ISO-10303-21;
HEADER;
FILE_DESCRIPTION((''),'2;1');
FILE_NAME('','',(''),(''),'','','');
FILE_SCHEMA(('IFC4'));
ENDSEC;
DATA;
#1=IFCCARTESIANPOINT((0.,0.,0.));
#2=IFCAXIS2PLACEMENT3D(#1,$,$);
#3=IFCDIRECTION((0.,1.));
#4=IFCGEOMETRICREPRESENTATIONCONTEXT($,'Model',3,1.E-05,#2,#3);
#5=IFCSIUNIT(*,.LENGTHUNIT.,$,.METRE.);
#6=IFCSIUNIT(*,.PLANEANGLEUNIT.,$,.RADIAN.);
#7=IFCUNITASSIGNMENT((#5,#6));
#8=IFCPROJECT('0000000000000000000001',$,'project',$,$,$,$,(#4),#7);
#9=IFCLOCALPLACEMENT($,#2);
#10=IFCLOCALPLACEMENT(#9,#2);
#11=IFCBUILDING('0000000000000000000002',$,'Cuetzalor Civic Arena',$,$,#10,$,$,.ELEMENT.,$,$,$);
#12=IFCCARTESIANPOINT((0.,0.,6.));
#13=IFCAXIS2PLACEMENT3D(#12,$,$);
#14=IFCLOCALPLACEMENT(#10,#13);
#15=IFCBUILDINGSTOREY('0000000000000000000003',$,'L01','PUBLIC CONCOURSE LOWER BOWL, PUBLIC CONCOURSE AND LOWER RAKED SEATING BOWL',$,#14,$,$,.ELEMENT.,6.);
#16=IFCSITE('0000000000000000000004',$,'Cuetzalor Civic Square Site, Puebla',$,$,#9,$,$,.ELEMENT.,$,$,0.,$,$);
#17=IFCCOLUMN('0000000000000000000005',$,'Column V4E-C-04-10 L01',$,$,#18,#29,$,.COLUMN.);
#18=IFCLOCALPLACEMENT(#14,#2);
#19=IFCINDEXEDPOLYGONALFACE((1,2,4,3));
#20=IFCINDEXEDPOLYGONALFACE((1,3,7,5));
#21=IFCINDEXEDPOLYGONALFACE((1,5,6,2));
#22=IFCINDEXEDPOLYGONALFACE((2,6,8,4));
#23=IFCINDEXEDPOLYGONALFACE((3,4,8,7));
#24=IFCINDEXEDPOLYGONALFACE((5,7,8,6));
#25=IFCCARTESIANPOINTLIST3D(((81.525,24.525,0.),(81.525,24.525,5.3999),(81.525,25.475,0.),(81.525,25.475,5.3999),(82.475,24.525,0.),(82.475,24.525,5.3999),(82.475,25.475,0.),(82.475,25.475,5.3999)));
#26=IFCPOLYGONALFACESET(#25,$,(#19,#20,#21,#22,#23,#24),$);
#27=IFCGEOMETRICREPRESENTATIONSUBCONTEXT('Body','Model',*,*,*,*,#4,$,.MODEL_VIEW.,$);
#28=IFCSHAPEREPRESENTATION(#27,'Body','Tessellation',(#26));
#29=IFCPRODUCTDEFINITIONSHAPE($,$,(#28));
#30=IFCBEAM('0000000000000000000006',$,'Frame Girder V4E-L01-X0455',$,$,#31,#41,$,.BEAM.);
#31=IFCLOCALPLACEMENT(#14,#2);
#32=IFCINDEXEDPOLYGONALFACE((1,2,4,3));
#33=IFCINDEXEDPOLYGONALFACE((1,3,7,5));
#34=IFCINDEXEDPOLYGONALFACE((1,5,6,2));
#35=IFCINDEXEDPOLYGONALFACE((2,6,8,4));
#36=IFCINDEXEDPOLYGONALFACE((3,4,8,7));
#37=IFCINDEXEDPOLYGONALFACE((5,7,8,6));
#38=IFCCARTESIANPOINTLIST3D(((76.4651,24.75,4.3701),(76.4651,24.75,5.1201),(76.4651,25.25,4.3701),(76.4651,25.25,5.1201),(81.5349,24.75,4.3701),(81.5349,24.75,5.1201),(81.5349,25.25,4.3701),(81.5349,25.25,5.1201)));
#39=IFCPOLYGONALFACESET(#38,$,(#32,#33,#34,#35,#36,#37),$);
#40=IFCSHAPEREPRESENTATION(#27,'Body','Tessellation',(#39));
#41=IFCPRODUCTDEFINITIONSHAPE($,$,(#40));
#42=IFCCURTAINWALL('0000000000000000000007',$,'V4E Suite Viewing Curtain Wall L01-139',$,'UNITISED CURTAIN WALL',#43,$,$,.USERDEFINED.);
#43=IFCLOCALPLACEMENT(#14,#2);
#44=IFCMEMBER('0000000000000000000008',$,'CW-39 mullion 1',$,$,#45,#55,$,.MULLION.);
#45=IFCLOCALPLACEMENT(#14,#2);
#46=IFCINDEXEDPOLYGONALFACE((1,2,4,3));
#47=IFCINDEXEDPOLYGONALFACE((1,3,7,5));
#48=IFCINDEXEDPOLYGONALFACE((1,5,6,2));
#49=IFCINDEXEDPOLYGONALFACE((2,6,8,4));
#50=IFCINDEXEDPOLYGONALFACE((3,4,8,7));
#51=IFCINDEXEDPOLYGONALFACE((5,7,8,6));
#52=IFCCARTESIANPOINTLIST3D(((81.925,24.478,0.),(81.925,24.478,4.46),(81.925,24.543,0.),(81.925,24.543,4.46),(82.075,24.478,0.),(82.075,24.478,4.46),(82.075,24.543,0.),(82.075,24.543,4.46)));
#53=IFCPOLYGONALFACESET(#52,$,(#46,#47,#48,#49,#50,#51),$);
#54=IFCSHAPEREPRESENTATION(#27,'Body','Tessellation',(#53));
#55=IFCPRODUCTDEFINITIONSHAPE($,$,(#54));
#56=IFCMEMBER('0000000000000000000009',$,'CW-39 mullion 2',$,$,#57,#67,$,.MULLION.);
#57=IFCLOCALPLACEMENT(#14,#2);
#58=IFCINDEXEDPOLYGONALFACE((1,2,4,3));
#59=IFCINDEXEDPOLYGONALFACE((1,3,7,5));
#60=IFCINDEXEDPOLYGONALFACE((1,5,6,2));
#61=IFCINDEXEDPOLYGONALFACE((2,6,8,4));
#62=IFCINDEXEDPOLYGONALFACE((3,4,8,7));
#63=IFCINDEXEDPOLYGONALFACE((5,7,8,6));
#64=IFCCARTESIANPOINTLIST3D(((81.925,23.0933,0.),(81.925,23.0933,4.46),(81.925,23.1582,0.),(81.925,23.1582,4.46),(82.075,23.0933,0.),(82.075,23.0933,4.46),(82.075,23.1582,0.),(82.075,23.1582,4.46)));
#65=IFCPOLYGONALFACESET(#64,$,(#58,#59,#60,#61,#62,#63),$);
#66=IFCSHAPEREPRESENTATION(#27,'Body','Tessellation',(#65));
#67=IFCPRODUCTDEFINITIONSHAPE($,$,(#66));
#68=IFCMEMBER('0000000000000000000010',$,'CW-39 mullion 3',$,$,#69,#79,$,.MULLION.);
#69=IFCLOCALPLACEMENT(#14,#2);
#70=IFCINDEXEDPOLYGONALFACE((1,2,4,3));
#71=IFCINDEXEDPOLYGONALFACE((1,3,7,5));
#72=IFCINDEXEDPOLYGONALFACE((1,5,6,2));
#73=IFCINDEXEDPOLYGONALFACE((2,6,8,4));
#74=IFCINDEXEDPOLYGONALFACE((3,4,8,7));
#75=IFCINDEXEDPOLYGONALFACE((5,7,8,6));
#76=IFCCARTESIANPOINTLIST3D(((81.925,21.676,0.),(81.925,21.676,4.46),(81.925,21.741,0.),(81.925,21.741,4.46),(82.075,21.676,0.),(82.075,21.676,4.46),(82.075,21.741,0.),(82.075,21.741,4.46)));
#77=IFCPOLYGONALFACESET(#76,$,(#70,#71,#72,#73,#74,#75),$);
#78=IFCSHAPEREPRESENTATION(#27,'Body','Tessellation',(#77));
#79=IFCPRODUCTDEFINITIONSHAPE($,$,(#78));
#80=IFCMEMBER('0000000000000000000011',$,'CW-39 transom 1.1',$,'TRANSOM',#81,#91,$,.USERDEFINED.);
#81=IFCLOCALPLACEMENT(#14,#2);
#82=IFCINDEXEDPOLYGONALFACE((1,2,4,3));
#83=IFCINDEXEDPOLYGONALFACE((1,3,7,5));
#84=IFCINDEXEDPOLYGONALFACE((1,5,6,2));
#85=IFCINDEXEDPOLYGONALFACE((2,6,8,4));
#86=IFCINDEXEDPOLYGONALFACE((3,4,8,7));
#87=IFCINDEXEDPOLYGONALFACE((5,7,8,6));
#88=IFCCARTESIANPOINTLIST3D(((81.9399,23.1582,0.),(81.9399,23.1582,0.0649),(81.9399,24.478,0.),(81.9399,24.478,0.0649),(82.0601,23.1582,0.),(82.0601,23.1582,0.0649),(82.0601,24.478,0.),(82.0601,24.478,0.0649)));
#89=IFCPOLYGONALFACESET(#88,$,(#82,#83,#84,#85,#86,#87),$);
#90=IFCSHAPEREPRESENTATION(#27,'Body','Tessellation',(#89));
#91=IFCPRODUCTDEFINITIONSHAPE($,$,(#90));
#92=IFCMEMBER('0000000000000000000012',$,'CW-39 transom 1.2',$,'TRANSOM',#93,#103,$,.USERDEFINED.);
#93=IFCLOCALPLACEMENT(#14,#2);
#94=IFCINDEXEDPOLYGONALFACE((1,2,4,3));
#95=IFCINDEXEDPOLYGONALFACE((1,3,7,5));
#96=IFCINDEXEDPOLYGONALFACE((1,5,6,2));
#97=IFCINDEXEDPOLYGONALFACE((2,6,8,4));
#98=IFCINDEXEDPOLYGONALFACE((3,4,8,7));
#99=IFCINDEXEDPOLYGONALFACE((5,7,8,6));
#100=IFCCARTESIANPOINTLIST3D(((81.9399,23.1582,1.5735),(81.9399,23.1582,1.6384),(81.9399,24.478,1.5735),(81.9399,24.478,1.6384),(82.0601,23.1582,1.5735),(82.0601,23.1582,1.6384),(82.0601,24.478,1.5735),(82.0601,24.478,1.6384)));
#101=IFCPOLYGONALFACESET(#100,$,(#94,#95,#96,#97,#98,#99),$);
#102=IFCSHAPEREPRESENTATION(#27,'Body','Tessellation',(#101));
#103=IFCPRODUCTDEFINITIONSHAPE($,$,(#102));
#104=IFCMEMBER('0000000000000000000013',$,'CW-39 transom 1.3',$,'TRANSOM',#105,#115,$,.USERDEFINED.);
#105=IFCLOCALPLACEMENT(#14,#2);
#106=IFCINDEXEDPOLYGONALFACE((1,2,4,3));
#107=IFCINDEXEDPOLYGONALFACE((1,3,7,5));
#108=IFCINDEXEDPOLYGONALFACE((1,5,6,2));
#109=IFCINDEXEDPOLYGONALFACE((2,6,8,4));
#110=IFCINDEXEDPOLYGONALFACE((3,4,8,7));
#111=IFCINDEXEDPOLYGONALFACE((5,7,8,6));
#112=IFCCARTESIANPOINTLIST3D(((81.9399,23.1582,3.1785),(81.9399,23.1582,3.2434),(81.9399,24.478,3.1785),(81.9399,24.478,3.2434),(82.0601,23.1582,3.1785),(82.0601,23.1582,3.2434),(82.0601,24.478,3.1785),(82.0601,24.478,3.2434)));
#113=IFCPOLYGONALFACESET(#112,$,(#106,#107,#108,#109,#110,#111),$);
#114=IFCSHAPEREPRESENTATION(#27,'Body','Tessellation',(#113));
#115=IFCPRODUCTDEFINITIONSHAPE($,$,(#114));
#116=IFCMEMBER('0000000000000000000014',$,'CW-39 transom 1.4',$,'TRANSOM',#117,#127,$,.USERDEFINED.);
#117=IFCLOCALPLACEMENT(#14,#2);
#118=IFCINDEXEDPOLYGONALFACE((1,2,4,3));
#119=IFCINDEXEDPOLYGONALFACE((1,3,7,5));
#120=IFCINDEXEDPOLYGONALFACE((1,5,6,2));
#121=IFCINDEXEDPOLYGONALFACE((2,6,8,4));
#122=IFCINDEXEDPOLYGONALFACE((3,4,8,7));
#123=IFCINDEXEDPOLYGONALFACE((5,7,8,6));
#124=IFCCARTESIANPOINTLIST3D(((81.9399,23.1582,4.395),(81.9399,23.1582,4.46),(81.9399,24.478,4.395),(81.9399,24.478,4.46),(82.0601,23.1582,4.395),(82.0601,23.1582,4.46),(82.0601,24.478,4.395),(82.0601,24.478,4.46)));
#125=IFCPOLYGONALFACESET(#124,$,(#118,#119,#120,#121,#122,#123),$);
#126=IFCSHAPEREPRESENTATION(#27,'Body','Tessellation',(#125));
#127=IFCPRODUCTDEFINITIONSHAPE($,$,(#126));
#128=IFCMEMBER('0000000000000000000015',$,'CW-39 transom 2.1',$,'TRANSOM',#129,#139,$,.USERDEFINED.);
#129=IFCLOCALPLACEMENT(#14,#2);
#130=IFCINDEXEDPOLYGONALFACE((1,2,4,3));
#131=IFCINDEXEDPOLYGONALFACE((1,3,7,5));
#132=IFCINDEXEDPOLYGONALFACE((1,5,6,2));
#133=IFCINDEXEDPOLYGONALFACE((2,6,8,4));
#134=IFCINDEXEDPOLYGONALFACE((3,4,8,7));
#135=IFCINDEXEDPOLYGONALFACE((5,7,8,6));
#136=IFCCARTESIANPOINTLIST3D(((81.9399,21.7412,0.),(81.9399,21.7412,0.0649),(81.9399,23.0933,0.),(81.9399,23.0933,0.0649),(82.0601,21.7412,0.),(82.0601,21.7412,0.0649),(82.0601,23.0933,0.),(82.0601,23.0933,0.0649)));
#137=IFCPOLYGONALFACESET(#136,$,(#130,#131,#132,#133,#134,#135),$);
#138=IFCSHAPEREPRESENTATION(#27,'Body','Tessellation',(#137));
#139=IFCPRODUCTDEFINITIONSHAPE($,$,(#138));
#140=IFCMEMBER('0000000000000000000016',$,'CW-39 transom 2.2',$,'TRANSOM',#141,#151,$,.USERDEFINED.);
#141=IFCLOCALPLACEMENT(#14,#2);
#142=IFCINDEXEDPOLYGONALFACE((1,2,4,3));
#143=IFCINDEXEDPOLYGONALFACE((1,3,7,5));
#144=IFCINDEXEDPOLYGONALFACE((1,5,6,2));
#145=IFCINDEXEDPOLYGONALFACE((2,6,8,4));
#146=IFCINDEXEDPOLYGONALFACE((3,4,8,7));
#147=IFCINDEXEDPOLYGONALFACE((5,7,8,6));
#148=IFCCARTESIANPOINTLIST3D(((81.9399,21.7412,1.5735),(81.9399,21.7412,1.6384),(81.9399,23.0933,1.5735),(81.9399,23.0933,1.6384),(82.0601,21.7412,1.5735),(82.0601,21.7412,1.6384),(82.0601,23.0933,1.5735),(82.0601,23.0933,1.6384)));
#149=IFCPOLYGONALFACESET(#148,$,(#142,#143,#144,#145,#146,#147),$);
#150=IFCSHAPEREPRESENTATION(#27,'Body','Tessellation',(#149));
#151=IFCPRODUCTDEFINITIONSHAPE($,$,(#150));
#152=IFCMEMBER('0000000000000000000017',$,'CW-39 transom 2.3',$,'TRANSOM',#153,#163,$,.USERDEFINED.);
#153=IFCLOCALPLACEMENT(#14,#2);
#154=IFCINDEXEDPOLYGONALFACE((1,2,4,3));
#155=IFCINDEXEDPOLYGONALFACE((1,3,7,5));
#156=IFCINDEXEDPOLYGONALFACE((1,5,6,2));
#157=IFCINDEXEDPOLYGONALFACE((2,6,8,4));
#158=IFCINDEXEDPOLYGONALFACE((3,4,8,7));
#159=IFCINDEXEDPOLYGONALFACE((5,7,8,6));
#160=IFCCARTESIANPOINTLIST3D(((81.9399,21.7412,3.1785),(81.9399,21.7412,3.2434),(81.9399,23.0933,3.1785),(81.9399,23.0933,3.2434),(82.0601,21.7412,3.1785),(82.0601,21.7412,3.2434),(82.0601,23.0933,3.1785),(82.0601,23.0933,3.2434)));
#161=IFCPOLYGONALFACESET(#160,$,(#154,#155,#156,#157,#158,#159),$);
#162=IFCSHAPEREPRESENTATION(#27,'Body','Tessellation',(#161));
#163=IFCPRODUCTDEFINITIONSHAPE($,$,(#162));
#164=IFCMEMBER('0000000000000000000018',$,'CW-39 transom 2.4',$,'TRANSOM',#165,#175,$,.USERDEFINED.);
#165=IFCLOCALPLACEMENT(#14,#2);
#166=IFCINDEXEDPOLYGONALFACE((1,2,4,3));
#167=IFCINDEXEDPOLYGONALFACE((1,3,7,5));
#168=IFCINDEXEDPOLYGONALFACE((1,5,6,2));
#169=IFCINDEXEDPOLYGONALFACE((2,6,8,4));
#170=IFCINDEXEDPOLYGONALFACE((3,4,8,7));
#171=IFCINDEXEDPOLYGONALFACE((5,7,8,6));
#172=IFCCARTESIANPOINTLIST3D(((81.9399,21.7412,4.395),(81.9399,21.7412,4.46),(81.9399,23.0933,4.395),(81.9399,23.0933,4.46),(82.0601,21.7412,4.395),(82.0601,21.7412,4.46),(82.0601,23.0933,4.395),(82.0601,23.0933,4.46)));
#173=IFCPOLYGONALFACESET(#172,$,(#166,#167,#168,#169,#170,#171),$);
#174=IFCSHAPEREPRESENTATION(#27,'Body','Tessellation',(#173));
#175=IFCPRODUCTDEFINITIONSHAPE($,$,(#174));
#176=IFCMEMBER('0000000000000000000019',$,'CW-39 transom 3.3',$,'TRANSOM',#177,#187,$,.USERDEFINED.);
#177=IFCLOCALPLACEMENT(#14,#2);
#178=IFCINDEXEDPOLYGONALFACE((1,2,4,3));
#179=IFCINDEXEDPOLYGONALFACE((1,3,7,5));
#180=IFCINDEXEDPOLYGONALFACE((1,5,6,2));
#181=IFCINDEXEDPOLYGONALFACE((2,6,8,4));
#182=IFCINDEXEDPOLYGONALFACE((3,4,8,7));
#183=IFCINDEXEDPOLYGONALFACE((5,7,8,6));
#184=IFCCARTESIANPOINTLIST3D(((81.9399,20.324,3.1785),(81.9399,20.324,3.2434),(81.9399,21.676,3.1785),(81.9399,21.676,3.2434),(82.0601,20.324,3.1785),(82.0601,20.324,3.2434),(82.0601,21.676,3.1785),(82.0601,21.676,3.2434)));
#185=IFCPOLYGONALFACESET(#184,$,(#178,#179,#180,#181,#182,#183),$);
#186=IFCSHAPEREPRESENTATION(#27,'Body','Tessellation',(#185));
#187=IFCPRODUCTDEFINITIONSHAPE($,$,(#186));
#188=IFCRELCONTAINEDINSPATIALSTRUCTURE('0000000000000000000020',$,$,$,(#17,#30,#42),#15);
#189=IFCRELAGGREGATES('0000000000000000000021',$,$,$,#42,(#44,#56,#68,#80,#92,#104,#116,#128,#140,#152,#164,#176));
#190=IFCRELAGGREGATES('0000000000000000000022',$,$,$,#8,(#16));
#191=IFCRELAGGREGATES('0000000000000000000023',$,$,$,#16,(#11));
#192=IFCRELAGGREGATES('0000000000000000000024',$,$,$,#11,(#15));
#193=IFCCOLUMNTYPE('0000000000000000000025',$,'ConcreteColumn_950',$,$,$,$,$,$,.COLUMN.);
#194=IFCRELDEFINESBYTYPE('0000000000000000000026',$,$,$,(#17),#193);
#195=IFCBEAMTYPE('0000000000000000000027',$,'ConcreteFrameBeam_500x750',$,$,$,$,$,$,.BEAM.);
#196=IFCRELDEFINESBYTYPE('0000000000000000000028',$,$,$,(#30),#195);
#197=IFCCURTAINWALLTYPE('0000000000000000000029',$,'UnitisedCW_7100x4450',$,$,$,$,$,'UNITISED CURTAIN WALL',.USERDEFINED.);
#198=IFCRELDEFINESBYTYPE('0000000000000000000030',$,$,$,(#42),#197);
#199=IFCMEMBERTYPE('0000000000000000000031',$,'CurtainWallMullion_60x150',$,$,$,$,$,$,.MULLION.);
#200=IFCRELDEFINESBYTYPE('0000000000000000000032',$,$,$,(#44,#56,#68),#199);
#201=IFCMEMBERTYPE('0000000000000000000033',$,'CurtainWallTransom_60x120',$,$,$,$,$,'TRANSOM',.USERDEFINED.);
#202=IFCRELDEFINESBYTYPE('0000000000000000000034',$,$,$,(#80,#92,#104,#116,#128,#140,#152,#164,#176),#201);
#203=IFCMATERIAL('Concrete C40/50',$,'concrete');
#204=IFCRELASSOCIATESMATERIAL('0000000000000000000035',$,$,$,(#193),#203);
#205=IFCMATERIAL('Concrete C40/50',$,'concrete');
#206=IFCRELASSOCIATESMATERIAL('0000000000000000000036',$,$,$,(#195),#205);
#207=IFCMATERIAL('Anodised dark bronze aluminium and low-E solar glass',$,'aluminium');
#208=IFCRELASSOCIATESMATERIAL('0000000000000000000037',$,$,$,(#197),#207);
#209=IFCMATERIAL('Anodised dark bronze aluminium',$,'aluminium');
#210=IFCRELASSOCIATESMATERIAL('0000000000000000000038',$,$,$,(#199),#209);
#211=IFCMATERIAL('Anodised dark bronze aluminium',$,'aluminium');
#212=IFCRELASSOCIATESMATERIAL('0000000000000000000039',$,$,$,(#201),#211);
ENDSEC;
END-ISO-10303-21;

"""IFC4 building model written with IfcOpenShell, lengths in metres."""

from ifc_helpers import new_model, si_unit, direction, frame, origin, origin_2d, place, context, subcontext, project, spatial, rectangle, extrude, material, material_profile, profile_set, type_object, element, aggregate, save


model = new_model("IFC4")

# Units and contexts
model_context = context("Model", 3, precision=1e-05, world=origin(), true_north=direction((0.0, 1.0)))
body_context = subcontext(model_context, "Body", "Model", "MODEL_VIEW")
ifc_project = project(units=[si_unit("LENGTHUNIT", "METRE"), si_unit("PLANEANGLEUNIT", "RADIAN")], contexts=[model_context])

# Site, building, storey
site_placement = place(None, origin())
site = spatial("IfcSite", under=ifc_project, at=site_placement, Name="Cuetzalor Civic Square Site, Puebla", CompositionType="ELEMENT", RefElevation=0.0)
building_placement = place(site_placement, origin())
building = spatial("IfcBuilding", under=site, at=building_placement, Name="Cuetzalor Civic Arena", CompositionType="ELEMENT")
storey_placement = place(building_placement, frame((0.0, 0.0, 6.0)))
storey = spatial("IfcBuildingStorey", under=building, at=storey_placement, Name="L01", Description="PUBLIC CONCOURSE LOWER BOWL, PUBLIC CONCOURSE AND LOWER RAKED SEATING BOWL", CompositionType="ELEMENT", Elevation=6.0)

# Column
ifc_material_1 = material(Name="Concrete C40/50", Category="concrete")
ifc_material_profile_1 = material_profile(ifc_material_1, rectangle(XDim=0.95, YDim=0.95, at=origin_2d()), Name="RC 950x950")
ifc_profile_set_1 = profile_set([ifc_material_profile_1], Name="Concrete C40/50")
column_type = type_object("IfcColumnType", Name="ConcreteColumn_950", PredefinedType="COLUMN", material=ifc_profile_set_1)
column_placement = place(storey_placement, frame((82.0, 25.0, 0.0), z_axis=(0.0, 0.0, 1.0), x_axis=(1.0, 0.0, 0.0)))
element("IfcColumn", 1, at=column_placement, inside=storey, type_object=column_type, Name="Column V4E-C-04-10 L01", PredefinedType="COLUMN", context=body_context, shape_type="SweptSolid", body=[
    extrude(rectangle(XDim=0.95, YDim=0.95, at=origin_2d()), origin(), (0.0, 0.0, 1.0), 5.3999),
])

# Beam
ifc_material_2 = material(Name="Concrete C40/50", Category="concrete")
ifc_material_profile_2 = material_profile(ifc_material_2, rectangle(XDim=0.5, YDim=0.75, at=origin_2d()), Name="RC 500x750")
ifc_profile_set_2 = profile_set([ifc_material_profile_2], Name="Concrete C40/50")
beam_type_1 = type_object("IfcBeamType", Name="ConcreteFrameBeam_500x750", PredefinedType="BEAM", material=ifc_profile_set_2)
beam_1_placement = place(storey_placement, frame((76.4651, 25.0, 4.7451), z_axis=(1.0, 0.0, 0.0), x_axis=(0.0, 1.0, 0.0)))
element("IfcBeam", 2, at=beam_1_placement, inside=storey, type_object=beam_type_1, Name="Frame Girder V4E-L01-X0455", PredefinedType="BEAM", context=body_context, shape_type="SweptSolid", body=[
    extrude(rectangle(XDim=0.5, YDim=0.75, at=origin_2d()), origin(), (0.0, 0.0, 1.0), 5.0698),
])

# Curtain wall, members
ifc_material_3 = material(Name="Anodised dark bronze aluminium and low-E solar glass", Category="aluminium")
curtain_wall_type = type_object("IfcCurtainWallType", Name="UnitisedCW_7100x4450", ElementType="UNITISED CURTAIN WALL", PredefinedType="USERDEFINED", material=ifc_material_3)
curtain_wall_placement = place(storey_placement, origin())
curtain_wall = element("IfcCurtainWall", 3, at=curtain_wall_placement, inside=storey, type_object=curtain_wall_type, Name="V4E Suite Viewing Curtain Wall L01-139", ObjectType="UNITISED CURTAIN WALL", PredefinedType="USERDEFINED")
ifc_material_4 = material(Name="Anodised dark bronze aluminium", Category="aluminium")
ifc_material_profile_3 = material_profile(ifc_material_4, rectangle(XDim=0.0649, YDim=0.1499, at=origin_2d()), Name="ALU MULLION 65x150")
ifc_profile_set_3 = profile_set([ifc_material_profile_3], Name="Anodised dark bronze aluminium")
member_type_1 = type_object("IfcMemberType", Name="CurtainWallMullion_60x150", PredefinedType="MULLION", material=ifc_profile_set_3)
member_1_placement = place(storey_placement, frame((82.0, 24.5105, 0.0), z_axis=(0.0, 0.0, 1.0), x_axis=(0.0, -1.0, 0.0)))
member_1 = element("IfcMember", 4, at=member_1_placement, type_object=member_type_1, Name="CW-39 mullion 1", PredefinedType="MULLION", context=body_context, shape_type="SweptSolid", body=[
    extrude(rectangle(XDim=0.0649, YDim=0.1499, at=origin_2d()), origin(), (0.0, 0.0, 1.0), 4.46),
])
member_2_placement = place(storey_placement, frame((82.0, 23.1257, 0.0), z_axis=(0.0, 0.0, 1.0), x_axis=(0.0, -1.0, 0.0)))
member_2 = element("IfcMember", 5, at=member_2_placement, type_object=member_type_1, Name="CW-39 mullion 2", PredefinedType="MULLION", context=body_context, shape_type="SweptSolid", body=[
    extrude(rectangle(XDim=0.0649, YDim=0.1499, at=origin_2d()), origin(), (0.0, 0.0, 1.0), 4.46),
])
member_3_placement = place(storey_placement, frame((82.0, 21.7085, 0.0), z_axis=(0.0, 0.0, 1.0), x_axis=(0.0, -1.0, 0.0)))
member_3 = element("IfcMember", 6, at=member_3_placement, type_object=member_type_1, Name="CW-39 mullion 3", PredefinedType="MULLION", context=body_context, shape_type="SweptSolid", body=[
    extrude(rectangle(XDim=0.0649, YDim=0.1499, at=origin_2d()), origin(), (0.0, 0.0, 1.0), 4.46),
])
ifc_material_5 = material(Name="Anodised dark bronze aluminium", Category="aluminium")
ifc_material_profile_4 = material_profile(ifc_material_5, rectangle(XDim=0.1201, YDim=0.0649, at=origin_2d()), Name="ALU TRANSOM 65x120")
ifc_profile_set_4 = profile_set([ifc_material_profile_4], Name="Anodised dark bronze aluminium")
member_type_2 = type_object("IfcMemberType", Name="CurtainWallTransom_60x120", ElementType="TRANSOM", PredefinedType="USERDEFINED", material=ifc_profile_set_4)
member_4_placement = place(storey_placement, frame((82.0, 24.478, 0.0325), z_axis=(0.0, -1.0, 0.0), x_axis=(1.0, 0.0, 0.0)))
member_4 = element("IfcMember", 7, at=member_4_placement, type_object=member_type_2, Name="CW-39 transom 1.1", ObjectType="TRANSOM", PredefinedType="USERDEFINED", context=body_context, shape_type="SweptSolid", body=[
    extrude(rectangle(XDim=0.1201, YDim=0.0649, at=origin_2d()), origin(), (0.0, 0.0, 1.0), 1.3198),
])
member_5_placement = place(storey_placement, frame((82.0, 24.478, 1.606), z_axis=(0.0, -1.0, 0.0), x_axis=(1.0, 0.0, 0.0)))
member_5 = element("IfcMember", 8, at=member_5_placement, type_object=member_type_2, Name="CW-39 transom 1.2", ObjectType="TRANSOM", PredefinedType="USERDEFINED", context=body_context, shape_type="SweptSolid", body=[
    extrude(rectangle(XDim=0.1201, YDim=0.0649, at=origin_2d()), origin(), (0.0, 0.0, 1.0), 1.3198),
])
member_6_placement = place(storey_placement, frame((82.0, 24.478, 3.2109), z_axis=(0.0, -1.0, 0.0), x_axis=(1.0, 0.0, 0.0)))
member_6 = element("IfcMember", 9, at=member_6_placement, type_object=member_type_2, Name="CW-39 transom 1.3", ObjectType="TRANSOM", PredefinedType="USERDEFINED", context=body_context, shape_type="SweptSolid", body=[
    extrude(rectangle(XDim=0.1201, YDim=0.0649, at=origin_2d()), origin(), (0.0, 0.0, 1.0), 1.3198),
])
member_7_placement = place(storey_placement, frame((82.0, 24.478, 4.4275), z_axis=(0.0, -1.0, 0.0), x_axis=(1.0, 0.0, 0.0)))
member_7 = element("IfcMember", 10, at=member_7_placement, type_object=member_type_2, Name="CW-39 transom 1.4", ObjectType="TRANSOM", PredefinedType="USERDEFINED", context=body_context, shape_type="SweptSolid", body=[
    extrude(rectangle(XDim=0.1201, YDim=0.0649, at=origin_2d()), origin(), (0.0, 0.0, 1.0), 1.3198),
])
member_8_placement = place(storey_placement, frame((82.0, 23.0933, 0.0325), z_axis=(0.0, -1.0, 0.0), x_axis=(1.0, 0.0, 0.0)))
member_8 = element("IfcMember", 11, at=member_8_placement, type_object=member_type_2, Name="CW-39 transom 2.1", ObjectType="TRANSOM", PredefinedType="USERDEFINED", context=body_context, shape_type="SweptSolid", body=[
    extrude(rectangle(XDim=0.1201, YDim=0.0649, at=origin_2d()), origin(), (0.0, 0.0, 1.0), 1.3521),
])
member_9_placement = place(storey_placement, frame((82.0, 23.0933, 1.606), z_axis=(0.0, -1.0, 0.0), x_axis=(1.0, 0.0, 0.0)))
member_9 = element("IfcMember", 12, at=member_9_placement, type_object=member_type_2, Name="CW-39 transom 2.2", ObjectType="TRANSOM", PredefinedType="USERDEFINED", context=body_context, shape_type="SweptSolid", body=[
    extrude(rectangle(XDim=0.1201, YDim=0.0649, at=origin_2d()), origin(), (0.0, 0.0, 1.0), 1.3521),
])
member_10_placement = place(storey_placement, frame((82.0, 23.0933, 3.2109), z_axis=(0.0, -1.0, 0.0), x_axis=(1.0, 0.0, 0.0)))
member_10 = element("IfcMember", 13, at=member_10_placement, type_object=member_type_2, Name="CW-39 transom 2.3", ObjectType="TRANSOM", PredefinedType="USERDEFINED", context=body_context, shape_type="SweptSolid", body=[
    extrude(rectangle(XDim=0.1201, YDim=0.0649, at=origin_2d()), origin(), (0.0, 0.0, 1.0), 1.3521),
])
member_11_placement = place(storey_placement, frame((82.0, 23.0933, 4.4275), z_axis=(0.0, -1.0, 0.0), x_axis=(1.0, 0.0, 0.0)))
member_11 = element("IfcMember", 14, at=member_11_placement, type_object=member_type_2, Name="CW-39 transom 2.4", ObjectType="TRANSOM", PredefinedType="USERDEFINED", context=body_context, shape_type="SweptSolid", body=[
    extrude(rectangle(XDim=0.1201, YDim=0.0649, at=origin_2d()), origin(), (0.0, 0.0, 1.0), 1.3521),
])
member_12_placement = place(storey_placement, frame((82.0, 21.676, 3.2109), z_axis=(0.0, -1.0, 0.0), x_axis=(1.0, 0.0, 0.0)))
member_12 = element("IfcMember", 15, at=member_12_placement, type_object=member_type_2, Name="CW-39 transom 3.3", ObjectType="TRANSOM", PredefinedType="USERDEFINED", context=body_context, shape_type="SweptSolid", body=[
    extrude(rectangle(XDim=0.1201, YDim=0.0649, at=origin_2d()), origin(), (0.0, 0.0, 1.0), 1.3521),
])

aggregate(curtain_wall, [member_1, member_2, member_3, member_4, member_5, member_6, member_7, member_8, member_9, member_10, member_11, member_12])

save(model, "model.ifc")
